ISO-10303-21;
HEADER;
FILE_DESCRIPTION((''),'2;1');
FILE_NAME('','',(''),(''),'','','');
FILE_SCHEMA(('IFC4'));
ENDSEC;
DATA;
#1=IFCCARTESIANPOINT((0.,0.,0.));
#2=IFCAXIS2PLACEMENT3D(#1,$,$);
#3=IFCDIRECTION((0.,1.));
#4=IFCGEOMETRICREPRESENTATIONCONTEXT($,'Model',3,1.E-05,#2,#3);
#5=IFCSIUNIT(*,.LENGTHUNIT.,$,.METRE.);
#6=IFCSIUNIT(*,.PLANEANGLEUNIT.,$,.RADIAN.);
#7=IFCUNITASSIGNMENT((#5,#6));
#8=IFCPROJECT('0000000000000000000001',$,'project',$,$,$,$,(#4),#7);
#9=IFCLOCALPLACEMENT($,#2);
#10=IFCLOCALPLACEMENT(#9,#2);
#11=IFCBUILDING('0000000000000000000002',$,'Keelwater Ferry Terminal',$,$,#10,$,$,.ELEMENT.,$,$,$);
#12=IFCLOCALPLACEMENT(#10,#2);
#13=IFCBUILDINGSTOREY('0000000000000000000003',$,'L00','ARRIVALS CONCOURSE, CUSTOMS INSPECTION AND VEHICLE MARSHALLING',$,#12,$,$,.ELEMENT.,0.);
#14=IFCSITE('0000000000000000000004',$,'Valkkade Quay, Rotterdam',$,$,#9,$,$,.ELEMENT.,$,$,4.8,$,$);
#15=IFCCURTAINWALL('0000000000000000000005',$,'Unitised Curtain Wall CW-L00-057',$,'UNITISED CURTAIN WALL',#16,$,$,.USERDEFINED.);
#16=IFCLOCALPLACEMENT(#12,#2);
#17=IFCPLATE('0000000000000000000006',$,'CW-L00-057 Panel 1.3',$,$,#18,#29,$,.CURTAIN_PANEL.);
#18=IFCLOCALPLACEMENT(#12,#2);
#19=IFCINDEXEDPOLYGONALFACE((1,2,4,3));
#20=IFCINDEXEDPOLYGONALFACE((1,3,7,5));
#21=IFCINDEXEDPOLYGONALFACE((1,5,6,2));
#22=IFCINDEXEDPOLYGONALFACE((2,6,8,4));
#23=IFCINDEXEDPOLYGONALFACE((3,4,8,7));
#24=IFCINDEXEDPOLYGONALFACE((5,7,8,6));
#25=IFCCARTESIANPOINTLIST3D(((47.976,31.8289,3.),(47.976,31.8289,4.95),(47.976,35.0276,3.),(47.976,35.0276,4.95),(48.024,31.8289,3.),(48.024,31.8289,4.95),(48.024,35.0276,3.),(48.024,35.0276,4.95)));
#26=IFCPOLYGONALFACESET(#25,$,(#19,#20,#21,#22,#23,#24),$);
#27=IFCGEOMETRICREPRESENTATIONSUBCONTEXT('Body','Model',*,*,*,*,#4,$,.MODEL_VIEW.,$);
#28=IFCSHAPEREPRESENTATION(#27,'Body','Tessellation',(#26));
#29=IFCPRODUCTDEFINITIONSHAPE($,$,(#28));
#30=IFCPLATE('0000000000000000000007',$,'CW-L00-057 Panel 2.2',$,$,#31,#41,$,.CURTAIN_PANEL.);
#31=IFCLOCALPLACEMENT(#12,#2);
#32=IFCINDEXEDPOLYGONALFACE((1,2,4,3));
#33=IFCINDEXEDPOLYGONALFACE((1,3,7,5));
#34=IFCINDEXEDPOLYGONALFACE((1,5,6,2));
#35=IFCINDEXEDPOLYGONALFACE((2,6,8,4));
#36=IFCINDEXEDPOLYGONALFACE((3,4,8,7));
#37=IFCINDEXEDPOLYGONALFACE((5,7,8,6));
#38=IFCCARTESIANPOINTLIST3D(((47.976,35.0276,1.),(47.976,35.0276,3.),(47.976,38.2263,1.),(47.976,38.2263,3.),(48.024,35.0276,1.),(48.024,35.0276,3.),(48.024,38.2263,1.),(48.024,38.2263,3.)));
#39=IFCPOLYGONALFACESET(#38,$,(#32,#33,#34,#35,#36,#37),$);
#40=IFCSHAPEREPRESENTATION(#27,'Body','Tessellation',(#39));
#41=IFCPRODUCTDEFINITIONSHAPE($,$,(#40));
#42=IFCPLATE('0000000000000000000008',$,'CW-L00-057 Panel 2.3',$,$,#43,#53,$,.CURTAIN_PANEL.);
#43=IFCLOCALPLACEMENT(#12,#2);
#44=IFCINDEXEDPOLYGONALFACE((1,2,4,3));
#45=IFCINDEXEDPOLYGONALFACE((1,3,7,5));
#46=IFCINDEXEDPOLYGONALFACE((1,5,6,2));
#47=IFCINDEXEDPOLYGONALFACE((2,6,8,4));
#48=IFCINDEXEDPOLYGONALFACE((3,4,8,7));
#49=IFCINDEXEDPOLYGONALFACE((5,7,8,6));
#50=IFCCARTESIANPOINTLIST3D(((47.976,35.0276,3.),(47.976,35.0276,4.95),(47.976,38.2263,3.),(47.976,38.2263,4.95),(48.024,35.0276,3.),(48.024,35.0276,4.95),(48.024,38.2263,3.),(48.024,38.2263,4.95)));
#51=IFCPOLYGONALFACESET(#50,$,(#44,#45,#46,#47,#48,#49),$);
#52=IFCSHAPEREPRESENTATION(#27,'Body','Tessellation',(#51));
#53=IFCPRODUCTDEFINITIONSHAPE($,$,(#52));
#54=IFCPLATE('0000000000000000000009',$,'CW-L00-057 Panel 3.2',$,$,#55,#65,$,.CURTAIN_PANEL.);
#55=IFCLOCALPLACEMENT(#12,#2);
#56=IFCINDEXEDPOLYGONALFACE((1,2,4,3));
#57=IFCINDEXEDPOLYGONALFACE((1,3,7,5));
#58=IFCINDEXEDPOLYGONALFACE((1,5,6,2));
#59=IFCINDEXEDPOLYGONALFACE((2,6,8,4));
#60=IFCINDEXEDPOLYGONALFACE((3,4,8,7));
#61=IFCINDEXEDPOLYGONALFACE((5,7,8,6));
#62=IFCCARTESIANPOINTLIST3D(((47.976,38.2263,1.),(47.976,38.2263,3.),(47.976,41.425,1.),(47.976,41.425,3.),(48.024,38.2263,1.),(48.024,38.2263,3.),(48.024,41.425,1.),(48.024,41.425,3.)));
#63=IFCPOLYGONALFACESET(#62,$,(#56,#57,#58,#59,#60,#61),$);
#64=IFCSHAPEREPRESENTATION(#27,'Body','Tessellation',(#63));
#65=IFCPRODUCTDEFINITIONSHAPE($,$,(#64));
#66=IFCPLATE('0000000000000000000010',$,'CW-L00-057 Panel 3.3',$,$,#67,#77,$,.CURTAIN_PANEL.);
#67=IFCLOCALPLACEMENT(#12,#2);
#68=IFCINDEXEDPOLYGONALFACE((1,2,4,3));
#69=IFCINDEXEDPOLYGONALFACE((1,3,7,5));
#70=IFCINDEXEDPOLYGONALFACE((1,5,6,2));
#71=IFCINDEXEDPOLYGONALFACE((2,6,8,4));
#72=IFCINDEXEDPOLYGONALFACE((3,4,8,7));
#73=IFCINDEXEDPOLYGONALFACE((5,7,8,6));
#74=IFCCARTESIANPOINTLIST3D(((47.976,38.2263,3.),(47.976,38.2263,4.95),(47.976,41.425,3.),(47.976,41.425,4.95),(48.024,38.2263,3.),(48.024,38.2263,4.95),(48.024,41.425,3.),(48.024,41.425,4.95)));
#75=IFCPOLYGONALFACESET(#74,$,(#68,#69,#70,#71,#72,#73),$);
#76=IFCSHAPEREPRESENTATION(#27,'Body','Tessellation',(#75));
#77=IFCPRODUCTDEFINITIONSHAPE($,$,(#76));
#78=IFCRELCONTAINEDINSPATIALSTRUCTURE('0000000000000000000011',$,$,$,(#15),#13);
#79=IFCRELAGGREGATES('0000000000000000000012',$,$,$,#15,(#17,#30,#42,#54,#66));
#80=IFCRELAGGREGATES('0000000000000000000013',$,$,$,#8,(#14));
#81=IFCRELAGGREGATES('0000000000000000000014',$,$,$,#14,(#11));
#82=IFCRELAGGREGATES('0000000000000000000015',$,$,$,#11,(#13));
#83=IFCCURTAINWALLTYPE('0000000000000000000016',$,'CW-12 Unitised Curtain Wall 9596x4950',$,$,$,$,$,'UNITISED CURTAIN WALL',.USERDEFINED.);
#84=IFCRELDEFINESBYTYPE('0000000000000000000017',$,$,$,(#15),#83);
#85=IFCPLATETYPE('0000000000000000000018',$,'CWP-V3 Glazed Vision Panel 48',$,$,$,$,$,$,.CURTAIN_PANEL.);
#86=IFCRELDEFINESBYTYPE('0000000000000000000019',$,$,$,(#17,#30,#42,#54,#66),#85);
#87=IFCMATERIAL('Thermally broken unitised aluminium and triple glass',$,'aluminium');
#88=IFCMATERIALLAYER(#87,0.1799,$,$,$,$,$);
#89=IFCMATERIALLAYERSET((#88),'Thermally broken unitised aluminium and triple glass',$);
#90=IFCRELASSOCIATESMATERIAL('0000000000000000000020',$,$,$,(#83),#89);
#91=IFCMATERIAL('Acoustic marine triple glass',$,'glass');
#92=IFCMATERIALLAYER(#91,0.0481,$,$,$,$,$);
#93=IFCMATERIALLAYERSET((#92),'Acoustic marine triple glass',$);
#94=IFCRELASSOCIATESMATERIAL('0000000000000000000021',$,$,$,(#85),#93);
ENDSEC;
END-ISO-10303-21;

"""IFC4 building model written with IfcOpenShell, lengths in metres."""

from ifc_helpers import new_model, si_unit, direction, frame, origin, origin_2d, place, context, subcontext, project, spatial, rectangle, extrude, material, layer, layer_set, type_object, element, aggregate, save


model = new_model("IFC4")

# Units and contexts
model_context = context("Model", 3, precision=1e-05, world=origin(), true_north=direction((0.0, 1.0)))
body_context = subcontext(model_context, "Body", "Model", "MODEL_VIEW")
ifc_project = project(units=[si_unit("LENGTHUNIT", "METRE"), si_unit("PLANEANGLEUNIT", "RADIAN")], contexts=[model_context])

# Site, building, storey
site_placement = place(None, origin())
site = spatial("IfcSite", under=ifc_project, at=site_placement, Name="Valkkade Quay, Rotterdam", CompositionType="ELEMENT", RefElevation=4.8)
building_placement = place(site_placement, origin())
building = spatial("IfcBuilding", under=site, at=building_placement, Name="Keelwater Ferry Terminal", CompositionType="ELEMENT")
storey_placement = place(building_placement, origin())
storey = spatial("IfcBuildingStorey", under=building, at=storey_placement, Name="L00", Description="ARRIVALS CONCOURSE, CUSTOMS INSPECTION AND VEHICLE MARSHALLING", CompositionType="ELEMENT", Elevation=0.0)

# Curtain wall
ifc_material_1 = material(Name="Thermally broken unitised aluminium and triple glass", Category="aluminium")
ifc_layer_1 = layer(ifc_material_1, 0.1799)
ifc_layer_set_1 = layer_set([ifc_layer_1], Name="Thermally broken unitised aluminium and triple glass")
curtain_wall_type = type_object("IfcCurtainWallType", Name="CW-12 Unitised Curtain Wall 9596x4950", ElementType="UNITISED CURTAIN WALL", PredefinedType="USERDEFINED", material=ifc_layer_set_1)
curtain_wall_placement = place(storey_placement, origin())
curtain_wall = element("IfcCurtainWall", 1, at=curtain_wall_placement, inside=storey, type_object=curtain_wall_type, Name="Unitised Curtain Wall CW-L00-057", ObjectType="UNITISED CURTAIN WALL", PredefinedType="USERDEFINED")

# Plates
ifc_material_2 = material(Name="Acoustic marine triple glass", Category="glass")
ifc_layer_2 = layer(ifc_material_2, 0.0481)
ifc_layer_set_2 = layer_set([ifc_layer_2], Name="Acoustic marine triple glass")
plate_type_1 = type_object("IfcPlateType", Name="CWP-V3 Glazed Vision Panel 48", PredefinedType="CURTAIN_PANEL", material=ifc_layer_set_2)
plate_1_placement = place(storey_placement, frame((48.0, 33.4282, 3.0), z_axis=(0.0, 0.0, 1.0), x_axis=(0.0, 1.0, 0.0)))
plate_1 = element("IfcPlate", 2, at=plate_1_placement, type_object=plate_type_1, Name="CW-L00-057 Panel 1.3", PredefinedType="CURTAIN_PANEL", context=body_context, shape_type="SweptSolid", body=[
    extrude(rectangle(XDim=3.1987, YDim=0.0481, at=origin_2d()), origin(), (0.0, 0.0, 1.0), 1.95),
])
plate_2_placement = place(storey_placement, frame((48.0, 36.627, 1.0), z_axis=(0.0, 0.0, 1.0), x_axis=(0.0, 1.0, 0.0)))
plate_2 = element("IfcPlate", 3, at=plate_2_placement, type_object=plate_type_1, Name="CW-L00-057 Panel 2.2", PredefinedType="CURTAIN_PANEL", context=body_context, shape_type="SweptSolid", body=[
    extrude(rectangle(XDim=3.1987, YDim=0.0481, at=origin_2d()), origin(), (0.0, 0.0, 1.0), 2.0),
])
plate_3_placement = place(storey_placement, frame((48.0, 36.627, 3.0), z_axis=(0.0, 0.0, 1.0), x_axis=(0.0, 1.0, 0.0)))
plate_3 = element("IfcPlate", 4, at=plate_3_placement, type_object=plate_type_1, Name="CW-L00-057 Panel 2.3", PredefinedType="CURTAIN_PANEL", context=body_context, shape_type="SweptSolid", body=[
    extrude(rectangle(XDim=3.1987, YDim=0.0481, at=origin_2d()), origin(), (0.0, 0.0, 1.0), 1.95),
])
plate_4_placement = place(storey_placement, frame((48.0, 39.8257, 1.0), z_axis=(0.0, 0.0, 1.0), x_axis=(0.0, 1.0, 0.0)))
plate_4 = element("IfcPlate", 5, at=plate_4_placement, type_object=plate_type_1, Name="CW-L00-057 Panel 3.2", PredefinedType="CURTAIN_PANEL", context=body_context, shape_type="SweptSolid", body=[
    extrude(rectangle(XDim=3.1987, YDim=0.0481, at=origin_2d()), origin(), (0.0, 0.0, 1.0), 2.0),
])
plate_5_placement = place(storey_placement, frame((48.0, 39.8257, 3.0), z_axis=(0.0, 0.0, 1.0), x_axis=(0.0, 1.0, 0.0)))
plate_5 = element("IfcPlate", 6, at=plate_5_placement, type_object=plate_type_1, Name="CW-L00-057 Panel 3.3", PredefinedType="CURTAIN_PANEL", context=body_context, shape_type="SweptSolid", body=[
    extrude(rectangle(XDim=3.1987, YDim=0.0481, at=origin_2d()), origin(), (0.0, 0.0, 1.0), 1.95),
])
aggregate(curtain_wall, [plate_1, plate_2, plate_3, plate_4, plate_5])

save(model, "model.ifc")
